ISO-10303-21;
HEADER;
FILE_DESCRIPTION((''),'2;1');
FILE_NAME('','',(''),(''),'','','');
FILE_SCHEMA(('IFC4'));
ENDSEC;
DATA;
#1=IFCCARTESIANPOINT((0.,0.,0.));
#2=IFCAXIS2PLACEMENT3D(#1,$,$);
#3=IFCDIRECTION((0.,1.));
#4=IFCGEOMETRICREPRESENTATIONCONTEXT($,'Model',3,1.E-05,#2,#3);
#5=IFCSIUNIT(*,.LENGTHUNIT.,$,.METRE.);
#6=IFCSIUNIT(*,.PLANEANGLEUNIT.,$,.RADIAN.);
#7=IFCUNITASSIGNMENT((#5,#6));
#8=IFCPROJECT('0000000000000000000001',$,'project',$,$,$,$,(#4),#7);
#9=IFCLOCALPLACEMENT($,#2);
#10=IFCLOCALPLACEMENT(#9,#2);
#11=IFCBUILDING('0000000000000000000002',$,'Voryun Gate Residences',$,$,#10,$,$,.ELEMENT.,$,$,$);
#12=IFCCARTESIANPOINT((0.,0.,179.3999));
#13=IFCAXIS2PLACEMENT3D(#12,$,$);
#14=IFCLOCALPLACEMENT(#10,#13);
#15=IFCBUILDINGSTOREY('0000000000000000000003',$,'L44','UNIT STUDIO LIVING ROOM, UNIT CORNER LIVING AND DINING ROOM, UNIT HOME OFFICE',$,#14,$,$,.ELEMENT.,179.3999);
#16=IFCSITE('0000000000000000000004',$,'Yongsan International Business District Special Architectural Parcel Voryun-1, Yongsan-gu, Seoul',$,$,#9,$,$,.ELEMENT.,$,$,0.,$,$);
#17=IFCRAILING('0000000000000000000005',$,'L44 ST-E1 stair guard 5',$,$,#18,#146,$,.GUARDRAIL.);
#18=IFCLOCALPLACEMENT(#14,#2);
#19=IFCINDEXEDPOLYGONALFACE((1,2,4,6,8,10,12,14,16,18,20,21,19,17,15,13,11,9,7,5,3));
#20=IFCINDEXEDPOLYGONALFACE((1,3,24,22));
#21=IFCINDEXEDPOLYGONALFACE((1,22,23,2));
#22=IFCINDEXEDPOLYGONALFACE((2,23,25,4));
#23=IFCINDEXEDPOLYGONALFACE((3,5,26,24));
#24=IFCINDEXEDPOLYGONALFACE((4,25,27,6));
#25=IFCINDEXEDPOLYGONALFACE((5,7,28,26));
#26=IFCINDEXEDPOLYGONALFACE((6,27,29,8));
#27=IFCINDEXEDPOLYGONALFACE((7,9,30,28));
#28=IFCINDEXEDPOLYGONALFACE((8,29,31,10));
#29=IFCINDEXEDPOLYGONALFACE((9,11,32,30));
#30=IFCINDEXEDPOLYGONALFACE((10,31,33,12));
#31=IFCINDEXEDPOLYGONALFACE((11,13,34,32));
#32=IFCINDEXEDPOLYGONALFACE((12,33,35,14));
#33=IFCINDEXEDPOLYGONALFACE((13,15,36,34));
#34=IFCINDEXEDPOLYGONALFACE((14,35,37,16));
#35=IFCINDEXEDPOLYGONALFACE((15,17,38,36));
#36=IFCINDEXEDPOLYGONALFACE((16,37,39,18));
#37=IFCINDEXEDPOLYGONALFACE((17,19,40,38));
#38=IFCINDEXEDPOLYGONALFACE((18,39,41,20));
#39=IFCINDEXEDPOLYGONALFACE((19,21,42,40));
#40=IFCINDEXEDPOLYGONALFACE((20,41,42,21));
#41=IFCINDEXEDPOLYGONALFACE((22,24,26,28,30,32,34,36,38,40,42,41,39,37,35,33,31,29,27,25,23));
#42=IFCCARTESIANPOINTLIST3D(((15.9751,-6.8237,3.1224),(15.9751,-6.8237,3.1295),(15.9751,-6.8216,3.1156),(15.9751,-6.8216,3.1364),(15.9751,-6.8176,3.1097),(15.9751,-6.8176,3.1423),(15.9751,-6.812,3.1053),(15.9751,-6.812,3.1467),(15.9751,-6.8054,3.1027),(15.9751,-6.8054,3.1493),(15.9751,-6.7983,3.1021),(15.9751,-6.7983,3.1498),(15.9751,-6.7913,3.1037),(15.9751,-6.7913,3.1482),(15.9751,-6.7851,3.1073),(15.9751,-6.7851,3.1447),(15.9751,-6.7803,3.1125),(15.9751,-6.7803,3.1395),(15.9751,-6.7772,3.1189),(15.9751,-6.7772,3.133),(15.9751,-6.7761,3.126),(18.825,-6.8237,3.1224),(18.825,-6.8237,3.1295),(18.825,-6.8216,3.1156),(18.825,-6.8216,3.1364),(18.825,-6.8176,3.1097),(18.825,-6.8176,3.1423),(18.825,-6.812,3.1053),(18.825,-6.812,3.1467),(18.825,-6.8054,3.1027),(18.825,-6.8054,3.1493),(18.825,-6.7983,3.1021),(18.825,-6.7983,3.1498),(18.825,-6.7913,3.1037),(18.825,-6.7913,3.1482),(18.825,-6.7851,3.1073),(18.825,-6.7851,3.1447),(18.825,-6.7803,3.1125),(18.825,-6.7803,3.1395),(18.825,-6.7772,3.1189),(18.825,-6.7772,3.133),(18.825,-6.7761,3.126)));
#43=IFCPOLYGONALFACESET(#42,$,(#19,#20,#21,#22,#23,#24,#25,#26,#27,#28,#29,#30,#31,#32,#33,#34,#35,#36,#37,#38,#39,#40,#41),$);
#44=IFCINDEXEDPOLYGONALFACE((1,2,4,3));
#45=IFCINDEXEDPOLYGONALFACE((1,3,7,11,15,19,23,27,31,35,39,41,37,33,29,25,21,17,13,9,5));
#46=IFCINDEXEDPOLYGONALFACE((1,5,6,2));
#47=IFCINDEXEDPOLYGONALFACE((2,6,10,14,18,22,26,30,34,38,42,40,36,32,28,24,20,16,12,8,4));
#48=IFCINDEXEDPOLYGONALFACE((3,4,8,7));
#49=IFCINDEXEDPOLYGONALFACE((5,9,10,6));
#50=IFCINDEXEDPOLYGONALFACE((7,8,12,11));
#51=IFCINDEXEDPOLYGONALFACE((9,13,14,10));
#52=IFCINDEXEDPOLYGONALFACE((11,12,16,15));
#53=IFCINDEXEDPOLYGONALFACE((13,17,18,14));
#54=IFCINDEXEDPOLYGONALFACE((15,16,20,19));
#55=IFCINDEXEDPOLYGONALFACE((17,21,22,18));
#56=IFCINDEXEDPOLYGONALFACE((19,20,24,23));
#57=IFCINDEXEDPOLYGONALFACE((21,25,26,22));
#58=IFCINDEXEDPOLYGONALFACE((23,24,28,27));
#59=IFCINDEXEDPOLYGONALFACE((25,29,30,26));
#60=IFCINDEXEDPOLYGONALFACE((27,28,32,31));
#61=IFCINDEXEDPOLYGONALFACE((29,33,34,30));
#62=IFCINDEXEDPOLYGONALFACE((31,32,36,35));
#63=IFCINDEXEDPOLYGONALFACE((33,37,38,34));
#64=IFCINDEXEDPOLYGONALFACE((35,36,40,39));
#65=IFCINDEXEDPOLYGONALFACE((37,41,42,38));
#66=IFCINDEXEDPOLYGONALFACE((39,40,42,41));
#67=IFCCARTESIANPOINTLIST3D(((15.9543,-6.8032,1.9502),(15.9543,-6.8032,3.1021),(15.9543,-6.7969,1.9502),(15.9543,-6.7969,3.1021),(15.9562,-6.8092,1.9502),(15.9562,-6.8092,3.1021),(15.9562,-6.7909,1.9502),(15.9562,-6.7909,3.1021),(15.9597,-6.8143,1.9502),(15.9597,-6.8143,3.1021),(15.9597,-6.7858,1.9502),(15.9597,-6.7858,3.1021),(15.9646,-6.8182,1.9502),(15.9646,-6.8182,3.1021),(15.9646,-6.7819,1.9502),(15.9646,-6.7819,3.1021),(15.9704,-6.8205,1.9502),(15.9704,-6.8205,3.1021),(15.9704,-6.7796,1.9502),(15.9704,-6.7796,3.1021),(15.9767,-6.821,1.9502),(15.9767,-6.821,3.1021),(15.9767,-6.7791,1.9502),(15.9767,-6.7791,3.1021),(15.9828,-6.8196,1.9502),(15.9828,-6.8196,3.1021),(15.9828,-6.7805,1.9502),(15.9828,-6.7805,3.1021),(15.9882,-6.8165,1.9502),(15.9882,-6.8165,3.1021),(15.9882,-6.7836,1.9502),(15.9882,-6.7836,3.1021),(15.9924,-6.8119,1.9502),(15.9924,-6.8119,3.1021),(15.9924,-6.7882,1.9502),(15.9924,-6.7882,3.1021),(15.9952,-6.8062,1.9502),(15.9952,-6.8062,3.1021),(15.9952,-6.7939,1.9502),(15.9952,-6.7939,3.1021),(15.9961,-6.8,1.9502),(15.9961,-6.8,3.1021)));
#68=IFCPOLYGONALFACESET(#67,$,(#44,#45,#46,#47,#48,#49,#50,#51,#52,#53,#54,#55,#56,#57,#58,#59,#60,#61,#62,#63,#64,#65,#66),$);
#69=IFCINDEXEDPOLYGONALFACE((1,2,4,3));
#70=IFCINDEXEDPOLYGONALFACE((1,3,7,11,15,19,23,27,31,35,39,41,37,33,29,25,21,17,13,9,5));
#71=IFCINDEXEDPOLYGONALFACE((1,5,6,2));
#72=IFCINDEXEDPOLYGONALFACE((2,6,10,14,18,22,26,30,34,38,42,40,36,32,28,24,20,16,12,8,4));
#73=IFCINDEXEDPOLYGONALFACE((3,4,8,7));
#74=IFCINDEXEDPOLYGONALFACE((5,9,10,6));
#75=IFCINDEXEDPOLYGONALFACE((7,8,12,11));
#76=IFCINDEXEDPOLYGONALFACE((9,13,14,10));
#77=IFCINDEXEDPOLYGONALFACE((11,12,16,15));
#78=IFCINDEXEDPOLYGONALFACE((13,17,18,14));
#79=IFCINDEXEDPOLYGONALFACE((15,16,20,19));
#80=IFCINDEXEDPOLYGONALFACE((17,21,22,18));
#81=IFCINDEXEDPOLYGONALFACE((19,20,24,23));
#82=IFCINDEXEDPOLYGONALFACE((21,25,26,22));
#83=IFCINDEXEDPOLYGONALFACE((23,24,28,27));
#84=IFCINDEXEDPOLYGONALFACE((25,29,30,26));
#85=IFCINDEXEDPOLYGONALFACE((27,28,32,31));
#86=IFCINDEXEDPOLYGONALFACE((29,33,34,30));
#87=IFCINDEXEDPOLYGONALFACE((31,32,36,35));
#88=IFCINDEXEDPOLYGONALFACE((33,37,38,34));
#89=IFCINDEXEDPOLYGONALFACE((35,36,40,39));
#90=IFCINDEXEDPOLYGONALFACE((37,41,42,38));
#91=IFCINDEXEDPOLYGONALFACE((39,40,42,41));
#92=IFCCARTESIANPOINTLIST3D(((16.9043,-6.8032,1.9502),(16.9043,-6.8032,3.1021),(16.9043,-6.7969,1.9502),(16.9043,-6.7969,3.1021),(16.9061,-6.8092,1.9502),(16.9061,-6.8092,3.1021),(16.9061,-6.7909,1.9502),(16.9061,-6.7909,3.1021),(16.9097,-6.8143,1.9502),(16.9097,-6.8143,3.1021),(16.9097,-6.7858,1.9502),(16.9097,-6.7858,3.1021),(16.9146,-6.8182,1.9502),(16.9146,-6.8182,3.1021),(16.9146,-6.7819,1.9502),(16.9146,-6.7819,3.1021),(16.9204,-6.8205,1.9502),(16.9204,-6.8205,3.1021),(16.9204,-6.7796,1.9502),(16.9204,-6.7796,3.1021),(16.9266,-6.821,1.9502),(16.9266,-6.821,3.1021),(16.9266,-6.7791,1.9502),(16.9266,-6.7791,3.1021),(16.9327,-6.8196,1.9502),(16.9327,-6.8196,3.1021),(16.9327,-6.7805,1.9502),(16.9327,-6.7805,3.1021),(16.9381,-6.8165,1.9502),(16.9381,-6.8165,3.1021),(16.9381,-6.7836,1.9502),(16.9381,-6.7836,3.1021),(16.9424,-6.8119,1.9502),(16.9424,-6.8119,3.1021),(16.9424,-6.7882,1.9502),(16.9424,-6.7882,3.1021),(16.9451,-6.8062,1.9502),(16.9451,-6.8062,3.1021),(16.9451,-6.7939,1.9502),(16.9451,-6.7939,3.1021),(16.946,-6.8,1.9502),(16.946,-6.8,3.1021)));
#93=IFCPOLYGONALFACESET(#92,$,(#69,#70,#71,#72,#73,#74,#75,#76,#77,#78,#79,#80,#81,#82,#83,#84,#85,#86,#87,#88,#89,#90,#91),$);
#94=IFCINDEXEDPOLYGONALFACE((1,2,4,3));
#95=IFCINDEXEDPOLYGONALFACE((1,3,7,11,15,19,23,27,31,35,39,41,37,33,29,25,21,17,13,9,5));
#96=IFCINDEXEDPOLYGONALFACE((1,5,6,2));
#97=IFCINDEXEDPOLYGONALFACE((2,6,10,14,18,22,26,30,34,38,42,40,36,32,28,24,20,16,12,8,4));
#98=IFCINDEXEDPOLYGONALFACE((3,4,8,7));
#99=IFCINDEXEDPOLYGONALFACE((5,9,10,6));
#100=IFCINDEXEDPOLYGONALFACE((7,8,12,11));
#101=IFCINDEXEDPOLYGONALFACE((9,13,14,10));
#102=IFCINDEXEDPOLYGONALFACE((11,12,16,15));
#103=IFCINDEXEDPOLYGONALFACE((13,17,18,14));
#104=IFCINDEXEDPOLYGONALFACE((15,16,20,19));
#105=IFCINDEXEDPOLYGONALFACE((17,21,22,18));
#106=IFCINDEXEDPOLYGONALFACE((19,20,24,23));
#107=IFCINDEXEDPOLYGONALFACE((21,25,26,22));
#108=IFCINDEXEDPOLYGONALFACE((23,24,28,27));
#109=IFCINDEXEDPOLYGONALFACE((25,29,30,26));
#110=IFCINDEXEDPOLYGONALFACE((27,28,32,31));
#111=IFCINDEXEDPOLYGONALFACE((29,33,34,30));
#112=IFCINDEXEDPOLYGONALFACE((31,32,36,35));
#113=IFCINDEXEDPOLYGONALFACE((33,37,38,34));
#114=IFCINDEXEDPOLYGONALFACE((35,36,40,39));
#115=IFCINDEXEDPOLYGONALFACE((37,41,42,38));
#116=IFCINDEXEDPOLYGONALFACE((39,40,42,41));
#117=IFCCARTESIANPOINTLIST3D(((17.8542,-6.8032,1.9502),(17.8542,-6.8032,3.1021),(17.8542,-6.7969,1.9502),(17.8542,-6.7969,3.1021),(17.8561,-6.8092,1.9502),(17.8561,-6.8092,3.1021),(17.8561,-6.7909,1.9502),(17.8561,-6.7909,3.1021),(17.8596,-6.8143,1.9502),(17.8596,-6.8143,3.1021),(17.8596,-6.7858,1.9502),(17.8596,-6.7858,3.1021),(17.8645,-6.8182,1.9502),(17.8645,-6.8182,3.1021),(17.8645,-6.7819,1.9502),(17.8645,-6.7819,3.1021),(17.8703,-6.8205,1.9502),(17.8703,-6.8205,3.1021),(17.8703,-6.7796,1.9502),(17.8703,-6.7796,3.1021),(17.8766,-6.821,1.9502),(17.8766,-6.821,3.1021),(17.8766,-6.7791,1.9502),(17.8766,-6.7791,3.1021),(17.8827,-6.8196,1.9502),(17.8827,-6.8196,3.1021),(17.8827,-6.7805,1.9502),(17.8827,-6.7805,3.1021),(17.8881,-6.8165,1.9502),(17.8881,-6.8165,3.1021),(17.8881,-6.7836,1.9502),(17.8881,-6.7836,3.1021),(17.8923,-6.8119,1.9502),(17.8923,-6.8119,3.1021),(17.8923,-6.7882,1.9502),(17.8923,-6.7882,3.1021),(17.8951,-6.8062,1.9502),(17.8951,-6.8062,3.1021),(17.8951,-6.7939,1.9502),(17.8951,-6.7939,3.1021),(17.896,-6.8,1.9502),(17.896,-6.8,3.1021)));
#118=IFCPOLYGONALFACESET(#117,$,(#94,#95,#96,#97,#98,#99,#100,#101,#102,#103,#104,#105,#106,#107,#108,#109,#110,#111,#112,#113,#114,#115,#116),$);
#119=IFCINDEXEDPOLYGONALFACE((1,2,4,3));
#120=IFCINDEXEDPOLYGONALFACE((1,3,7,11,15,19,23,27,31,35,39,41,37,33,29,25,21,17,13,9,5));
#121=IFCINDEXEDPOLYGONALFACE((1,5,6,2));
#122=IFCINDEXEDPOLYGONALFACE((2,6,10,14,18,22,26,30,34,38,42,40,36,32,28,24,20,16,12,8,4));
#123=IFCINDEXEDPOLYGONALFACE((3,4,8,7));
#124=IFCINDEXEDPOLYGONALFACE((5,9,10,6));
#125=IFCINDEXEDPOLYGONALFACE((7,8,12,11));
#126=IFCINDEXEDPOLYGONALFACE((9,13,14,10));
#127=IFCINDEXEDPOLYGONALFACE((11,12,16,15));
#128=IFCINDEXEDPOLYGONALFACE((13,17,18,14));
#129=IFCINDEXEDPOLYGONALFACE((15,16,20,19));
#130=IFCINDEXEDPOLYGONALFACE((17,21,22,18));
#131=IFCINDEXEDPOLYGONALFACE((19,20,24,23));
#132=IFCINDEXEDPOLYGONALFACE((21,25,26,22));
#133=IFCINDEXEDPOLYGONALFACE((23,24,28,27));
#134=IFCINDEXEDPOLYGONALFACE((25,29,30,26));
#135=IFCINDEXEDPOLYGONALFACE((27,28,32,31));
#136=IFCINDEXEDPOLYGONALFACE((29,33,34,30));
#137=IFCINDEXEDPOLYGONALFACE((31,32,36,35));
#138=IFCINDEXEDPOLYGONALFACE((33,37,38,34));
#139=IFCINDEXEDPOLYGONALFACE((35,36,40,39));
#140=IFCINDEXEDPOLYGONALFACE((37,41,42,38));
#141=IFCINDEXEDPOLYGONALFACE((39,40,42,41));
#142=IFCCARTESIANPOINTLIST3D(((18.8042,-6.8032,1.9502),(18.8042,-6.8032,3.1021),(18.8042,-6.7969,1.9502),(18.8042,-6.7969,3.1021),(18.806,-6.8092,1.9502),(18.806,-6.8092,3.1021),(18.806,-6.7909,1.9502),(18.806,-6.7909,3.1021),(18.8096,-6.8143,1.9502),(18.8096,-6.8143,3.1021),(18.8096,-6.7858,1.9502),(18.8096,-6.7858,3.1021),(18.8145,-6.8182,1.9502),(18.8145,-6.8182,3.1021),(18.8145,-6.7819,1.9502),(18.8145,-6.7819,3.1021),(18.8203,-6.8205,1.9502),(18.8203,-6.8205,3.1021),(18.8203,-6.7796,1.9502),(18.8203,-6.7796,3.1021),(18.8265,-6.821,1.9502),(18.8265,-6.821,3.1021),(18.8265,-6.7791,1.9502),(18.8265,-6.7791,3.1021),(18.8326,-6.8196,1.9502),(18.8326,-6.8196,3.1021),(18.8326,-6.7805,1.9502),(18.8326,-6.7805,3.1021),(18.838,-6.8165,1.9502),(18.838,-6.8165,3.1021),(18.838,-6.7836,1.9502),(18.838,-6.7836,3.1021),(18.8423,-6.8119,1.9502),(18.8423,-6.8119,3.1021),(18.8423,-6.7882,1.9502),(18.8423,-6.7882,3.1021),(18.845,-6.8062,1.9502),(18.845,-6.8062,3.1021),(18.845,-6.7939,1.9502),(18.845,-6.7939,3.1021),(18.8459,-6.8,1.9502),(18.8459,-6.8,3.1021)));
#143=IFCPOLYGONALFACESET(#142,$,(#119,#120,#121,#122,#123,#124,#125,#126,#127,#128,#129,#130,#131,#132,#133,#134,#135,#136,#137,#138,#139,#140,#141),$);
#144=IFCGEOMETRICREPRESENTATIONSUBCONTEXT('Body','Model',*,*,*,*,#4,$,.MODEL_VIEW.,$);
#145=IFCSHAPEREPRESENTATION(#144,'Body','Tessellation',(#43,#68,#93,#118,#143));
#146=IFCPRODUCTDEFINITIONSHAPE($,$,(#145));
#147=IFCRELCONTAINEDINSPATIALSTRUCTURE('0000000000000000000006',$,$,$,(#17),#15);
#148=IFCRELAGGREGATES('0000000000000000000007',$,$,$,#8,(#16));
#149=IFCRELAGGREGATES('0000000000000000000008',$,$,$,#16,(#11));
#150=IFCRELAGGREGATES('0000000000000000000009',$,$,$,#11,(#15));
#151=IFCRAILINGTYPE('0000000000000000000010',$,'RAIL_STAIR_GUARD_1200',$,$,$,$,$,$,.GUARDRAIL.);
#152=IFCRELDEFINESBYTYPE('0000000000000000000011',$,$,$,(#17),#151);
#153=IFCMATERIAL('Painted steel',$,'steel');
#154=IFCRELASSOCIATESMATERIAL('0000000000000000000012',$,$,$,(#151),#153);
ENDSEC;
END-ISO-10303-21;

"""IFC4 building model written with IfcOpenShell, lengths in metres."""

from ifc_helpers import new_model, si_unit, direction, frame, origin, origin_2d, place, context, subcontext, project, spatial, circle, extrude, material, type_object, element, save


model = new_model("IFC4")

# Units and contexts
model_context = context("Model", 3, precision=1e-05, world=origin(), true_north=direction((0.0, 1.0)))
body_context = subcontext(model_context, "Body", "Model", "MODEL_VIEW")
ifc_project = project(units=[si_unit("LENGTHUNIT", "METRE"), si_unit("PLANEANGLEUNIT", "RADIAN")], contexts=[model_context])

# Site, building, storey
site_placement = place(None, origin())
site = spatial("IfcSite", under=ifc_project, at=site_placement, Name="Yongsan International Business District Special Architectural Parcel Voryun-1, Yongsan-gu, Seoul", CompositionType="ELEMENT", RefElevation=0.0)
building_placement = place(site_placement, origin())
building = spatial("IfcBuilding", under=site, at=building_placement, Name="Voryun Gate Residences", CompositionType="ELEMENT")
storey_placement = place(building_placement, frame((0.0, 0.0, 179.3999)))
storey = spatial("IfcBuildingStorey", under=building, at=storey_placement, Name="L44", Description="UNIT STUDIO LIVING ROOM, UNIT CORNER LIVING AND DINING ROOM, UNIT HOME OFFICE", CompositionType="ELEMENT", Elevation=179.3999)

# Railing
ifc_material_1 = material(Name="Painted steel", Category="steel")
railing_type_1 = type_object("IfcRailingType", Name="RAIL_STAIR_GUARD_1200", PredefinedType="GUARDRAIL", material=ifc_material_1)
railing_1_placement = place(storey_placement, frame((15.9751, -6.8, 1.9502)))
element("IfcRailing", 1, at=railing_1_placement, inside=storey, type_object=railing_type_1, Name="L44 ST-E1 stair guard 5", PredefinedType="GUARDRAIL", context=body_context, shape_type="SweptSolid", body=[
    extrude(circle(Radius=0.0239, at=origin_2d()), frame((0.0, 0.0, 1.1758), z_axis=(1.0, 0.0, 0.0), x_axis=(0.0, 1.0, 0.0)), (0.0, 0.0, 1.0), 2.8499),
    extrude(circle(Radius=0.021, at=origin_2d()), origin(), (0.0, 0.0, 1.0), 1.1519),
    extrude(circle(Radius=0.021, at=origin_2d()), frame((0.95, 0.0, 0.0)), (0.0, 0.0, 1.0), 1.1519),
    extrude(circle(Radius=0.021, at=origin_2d()), frame((1.8999, 0.0, 0.0)), (0.0, 0.0, 1.0), 1.1519),
    extrude(circle(Radius=0.021, at=origin_2d()), frame((2.8499, 0.0, 0.0)), (0.0, 0.0, 1.0), 1.1519),
])

save(model, "model.ifc")
